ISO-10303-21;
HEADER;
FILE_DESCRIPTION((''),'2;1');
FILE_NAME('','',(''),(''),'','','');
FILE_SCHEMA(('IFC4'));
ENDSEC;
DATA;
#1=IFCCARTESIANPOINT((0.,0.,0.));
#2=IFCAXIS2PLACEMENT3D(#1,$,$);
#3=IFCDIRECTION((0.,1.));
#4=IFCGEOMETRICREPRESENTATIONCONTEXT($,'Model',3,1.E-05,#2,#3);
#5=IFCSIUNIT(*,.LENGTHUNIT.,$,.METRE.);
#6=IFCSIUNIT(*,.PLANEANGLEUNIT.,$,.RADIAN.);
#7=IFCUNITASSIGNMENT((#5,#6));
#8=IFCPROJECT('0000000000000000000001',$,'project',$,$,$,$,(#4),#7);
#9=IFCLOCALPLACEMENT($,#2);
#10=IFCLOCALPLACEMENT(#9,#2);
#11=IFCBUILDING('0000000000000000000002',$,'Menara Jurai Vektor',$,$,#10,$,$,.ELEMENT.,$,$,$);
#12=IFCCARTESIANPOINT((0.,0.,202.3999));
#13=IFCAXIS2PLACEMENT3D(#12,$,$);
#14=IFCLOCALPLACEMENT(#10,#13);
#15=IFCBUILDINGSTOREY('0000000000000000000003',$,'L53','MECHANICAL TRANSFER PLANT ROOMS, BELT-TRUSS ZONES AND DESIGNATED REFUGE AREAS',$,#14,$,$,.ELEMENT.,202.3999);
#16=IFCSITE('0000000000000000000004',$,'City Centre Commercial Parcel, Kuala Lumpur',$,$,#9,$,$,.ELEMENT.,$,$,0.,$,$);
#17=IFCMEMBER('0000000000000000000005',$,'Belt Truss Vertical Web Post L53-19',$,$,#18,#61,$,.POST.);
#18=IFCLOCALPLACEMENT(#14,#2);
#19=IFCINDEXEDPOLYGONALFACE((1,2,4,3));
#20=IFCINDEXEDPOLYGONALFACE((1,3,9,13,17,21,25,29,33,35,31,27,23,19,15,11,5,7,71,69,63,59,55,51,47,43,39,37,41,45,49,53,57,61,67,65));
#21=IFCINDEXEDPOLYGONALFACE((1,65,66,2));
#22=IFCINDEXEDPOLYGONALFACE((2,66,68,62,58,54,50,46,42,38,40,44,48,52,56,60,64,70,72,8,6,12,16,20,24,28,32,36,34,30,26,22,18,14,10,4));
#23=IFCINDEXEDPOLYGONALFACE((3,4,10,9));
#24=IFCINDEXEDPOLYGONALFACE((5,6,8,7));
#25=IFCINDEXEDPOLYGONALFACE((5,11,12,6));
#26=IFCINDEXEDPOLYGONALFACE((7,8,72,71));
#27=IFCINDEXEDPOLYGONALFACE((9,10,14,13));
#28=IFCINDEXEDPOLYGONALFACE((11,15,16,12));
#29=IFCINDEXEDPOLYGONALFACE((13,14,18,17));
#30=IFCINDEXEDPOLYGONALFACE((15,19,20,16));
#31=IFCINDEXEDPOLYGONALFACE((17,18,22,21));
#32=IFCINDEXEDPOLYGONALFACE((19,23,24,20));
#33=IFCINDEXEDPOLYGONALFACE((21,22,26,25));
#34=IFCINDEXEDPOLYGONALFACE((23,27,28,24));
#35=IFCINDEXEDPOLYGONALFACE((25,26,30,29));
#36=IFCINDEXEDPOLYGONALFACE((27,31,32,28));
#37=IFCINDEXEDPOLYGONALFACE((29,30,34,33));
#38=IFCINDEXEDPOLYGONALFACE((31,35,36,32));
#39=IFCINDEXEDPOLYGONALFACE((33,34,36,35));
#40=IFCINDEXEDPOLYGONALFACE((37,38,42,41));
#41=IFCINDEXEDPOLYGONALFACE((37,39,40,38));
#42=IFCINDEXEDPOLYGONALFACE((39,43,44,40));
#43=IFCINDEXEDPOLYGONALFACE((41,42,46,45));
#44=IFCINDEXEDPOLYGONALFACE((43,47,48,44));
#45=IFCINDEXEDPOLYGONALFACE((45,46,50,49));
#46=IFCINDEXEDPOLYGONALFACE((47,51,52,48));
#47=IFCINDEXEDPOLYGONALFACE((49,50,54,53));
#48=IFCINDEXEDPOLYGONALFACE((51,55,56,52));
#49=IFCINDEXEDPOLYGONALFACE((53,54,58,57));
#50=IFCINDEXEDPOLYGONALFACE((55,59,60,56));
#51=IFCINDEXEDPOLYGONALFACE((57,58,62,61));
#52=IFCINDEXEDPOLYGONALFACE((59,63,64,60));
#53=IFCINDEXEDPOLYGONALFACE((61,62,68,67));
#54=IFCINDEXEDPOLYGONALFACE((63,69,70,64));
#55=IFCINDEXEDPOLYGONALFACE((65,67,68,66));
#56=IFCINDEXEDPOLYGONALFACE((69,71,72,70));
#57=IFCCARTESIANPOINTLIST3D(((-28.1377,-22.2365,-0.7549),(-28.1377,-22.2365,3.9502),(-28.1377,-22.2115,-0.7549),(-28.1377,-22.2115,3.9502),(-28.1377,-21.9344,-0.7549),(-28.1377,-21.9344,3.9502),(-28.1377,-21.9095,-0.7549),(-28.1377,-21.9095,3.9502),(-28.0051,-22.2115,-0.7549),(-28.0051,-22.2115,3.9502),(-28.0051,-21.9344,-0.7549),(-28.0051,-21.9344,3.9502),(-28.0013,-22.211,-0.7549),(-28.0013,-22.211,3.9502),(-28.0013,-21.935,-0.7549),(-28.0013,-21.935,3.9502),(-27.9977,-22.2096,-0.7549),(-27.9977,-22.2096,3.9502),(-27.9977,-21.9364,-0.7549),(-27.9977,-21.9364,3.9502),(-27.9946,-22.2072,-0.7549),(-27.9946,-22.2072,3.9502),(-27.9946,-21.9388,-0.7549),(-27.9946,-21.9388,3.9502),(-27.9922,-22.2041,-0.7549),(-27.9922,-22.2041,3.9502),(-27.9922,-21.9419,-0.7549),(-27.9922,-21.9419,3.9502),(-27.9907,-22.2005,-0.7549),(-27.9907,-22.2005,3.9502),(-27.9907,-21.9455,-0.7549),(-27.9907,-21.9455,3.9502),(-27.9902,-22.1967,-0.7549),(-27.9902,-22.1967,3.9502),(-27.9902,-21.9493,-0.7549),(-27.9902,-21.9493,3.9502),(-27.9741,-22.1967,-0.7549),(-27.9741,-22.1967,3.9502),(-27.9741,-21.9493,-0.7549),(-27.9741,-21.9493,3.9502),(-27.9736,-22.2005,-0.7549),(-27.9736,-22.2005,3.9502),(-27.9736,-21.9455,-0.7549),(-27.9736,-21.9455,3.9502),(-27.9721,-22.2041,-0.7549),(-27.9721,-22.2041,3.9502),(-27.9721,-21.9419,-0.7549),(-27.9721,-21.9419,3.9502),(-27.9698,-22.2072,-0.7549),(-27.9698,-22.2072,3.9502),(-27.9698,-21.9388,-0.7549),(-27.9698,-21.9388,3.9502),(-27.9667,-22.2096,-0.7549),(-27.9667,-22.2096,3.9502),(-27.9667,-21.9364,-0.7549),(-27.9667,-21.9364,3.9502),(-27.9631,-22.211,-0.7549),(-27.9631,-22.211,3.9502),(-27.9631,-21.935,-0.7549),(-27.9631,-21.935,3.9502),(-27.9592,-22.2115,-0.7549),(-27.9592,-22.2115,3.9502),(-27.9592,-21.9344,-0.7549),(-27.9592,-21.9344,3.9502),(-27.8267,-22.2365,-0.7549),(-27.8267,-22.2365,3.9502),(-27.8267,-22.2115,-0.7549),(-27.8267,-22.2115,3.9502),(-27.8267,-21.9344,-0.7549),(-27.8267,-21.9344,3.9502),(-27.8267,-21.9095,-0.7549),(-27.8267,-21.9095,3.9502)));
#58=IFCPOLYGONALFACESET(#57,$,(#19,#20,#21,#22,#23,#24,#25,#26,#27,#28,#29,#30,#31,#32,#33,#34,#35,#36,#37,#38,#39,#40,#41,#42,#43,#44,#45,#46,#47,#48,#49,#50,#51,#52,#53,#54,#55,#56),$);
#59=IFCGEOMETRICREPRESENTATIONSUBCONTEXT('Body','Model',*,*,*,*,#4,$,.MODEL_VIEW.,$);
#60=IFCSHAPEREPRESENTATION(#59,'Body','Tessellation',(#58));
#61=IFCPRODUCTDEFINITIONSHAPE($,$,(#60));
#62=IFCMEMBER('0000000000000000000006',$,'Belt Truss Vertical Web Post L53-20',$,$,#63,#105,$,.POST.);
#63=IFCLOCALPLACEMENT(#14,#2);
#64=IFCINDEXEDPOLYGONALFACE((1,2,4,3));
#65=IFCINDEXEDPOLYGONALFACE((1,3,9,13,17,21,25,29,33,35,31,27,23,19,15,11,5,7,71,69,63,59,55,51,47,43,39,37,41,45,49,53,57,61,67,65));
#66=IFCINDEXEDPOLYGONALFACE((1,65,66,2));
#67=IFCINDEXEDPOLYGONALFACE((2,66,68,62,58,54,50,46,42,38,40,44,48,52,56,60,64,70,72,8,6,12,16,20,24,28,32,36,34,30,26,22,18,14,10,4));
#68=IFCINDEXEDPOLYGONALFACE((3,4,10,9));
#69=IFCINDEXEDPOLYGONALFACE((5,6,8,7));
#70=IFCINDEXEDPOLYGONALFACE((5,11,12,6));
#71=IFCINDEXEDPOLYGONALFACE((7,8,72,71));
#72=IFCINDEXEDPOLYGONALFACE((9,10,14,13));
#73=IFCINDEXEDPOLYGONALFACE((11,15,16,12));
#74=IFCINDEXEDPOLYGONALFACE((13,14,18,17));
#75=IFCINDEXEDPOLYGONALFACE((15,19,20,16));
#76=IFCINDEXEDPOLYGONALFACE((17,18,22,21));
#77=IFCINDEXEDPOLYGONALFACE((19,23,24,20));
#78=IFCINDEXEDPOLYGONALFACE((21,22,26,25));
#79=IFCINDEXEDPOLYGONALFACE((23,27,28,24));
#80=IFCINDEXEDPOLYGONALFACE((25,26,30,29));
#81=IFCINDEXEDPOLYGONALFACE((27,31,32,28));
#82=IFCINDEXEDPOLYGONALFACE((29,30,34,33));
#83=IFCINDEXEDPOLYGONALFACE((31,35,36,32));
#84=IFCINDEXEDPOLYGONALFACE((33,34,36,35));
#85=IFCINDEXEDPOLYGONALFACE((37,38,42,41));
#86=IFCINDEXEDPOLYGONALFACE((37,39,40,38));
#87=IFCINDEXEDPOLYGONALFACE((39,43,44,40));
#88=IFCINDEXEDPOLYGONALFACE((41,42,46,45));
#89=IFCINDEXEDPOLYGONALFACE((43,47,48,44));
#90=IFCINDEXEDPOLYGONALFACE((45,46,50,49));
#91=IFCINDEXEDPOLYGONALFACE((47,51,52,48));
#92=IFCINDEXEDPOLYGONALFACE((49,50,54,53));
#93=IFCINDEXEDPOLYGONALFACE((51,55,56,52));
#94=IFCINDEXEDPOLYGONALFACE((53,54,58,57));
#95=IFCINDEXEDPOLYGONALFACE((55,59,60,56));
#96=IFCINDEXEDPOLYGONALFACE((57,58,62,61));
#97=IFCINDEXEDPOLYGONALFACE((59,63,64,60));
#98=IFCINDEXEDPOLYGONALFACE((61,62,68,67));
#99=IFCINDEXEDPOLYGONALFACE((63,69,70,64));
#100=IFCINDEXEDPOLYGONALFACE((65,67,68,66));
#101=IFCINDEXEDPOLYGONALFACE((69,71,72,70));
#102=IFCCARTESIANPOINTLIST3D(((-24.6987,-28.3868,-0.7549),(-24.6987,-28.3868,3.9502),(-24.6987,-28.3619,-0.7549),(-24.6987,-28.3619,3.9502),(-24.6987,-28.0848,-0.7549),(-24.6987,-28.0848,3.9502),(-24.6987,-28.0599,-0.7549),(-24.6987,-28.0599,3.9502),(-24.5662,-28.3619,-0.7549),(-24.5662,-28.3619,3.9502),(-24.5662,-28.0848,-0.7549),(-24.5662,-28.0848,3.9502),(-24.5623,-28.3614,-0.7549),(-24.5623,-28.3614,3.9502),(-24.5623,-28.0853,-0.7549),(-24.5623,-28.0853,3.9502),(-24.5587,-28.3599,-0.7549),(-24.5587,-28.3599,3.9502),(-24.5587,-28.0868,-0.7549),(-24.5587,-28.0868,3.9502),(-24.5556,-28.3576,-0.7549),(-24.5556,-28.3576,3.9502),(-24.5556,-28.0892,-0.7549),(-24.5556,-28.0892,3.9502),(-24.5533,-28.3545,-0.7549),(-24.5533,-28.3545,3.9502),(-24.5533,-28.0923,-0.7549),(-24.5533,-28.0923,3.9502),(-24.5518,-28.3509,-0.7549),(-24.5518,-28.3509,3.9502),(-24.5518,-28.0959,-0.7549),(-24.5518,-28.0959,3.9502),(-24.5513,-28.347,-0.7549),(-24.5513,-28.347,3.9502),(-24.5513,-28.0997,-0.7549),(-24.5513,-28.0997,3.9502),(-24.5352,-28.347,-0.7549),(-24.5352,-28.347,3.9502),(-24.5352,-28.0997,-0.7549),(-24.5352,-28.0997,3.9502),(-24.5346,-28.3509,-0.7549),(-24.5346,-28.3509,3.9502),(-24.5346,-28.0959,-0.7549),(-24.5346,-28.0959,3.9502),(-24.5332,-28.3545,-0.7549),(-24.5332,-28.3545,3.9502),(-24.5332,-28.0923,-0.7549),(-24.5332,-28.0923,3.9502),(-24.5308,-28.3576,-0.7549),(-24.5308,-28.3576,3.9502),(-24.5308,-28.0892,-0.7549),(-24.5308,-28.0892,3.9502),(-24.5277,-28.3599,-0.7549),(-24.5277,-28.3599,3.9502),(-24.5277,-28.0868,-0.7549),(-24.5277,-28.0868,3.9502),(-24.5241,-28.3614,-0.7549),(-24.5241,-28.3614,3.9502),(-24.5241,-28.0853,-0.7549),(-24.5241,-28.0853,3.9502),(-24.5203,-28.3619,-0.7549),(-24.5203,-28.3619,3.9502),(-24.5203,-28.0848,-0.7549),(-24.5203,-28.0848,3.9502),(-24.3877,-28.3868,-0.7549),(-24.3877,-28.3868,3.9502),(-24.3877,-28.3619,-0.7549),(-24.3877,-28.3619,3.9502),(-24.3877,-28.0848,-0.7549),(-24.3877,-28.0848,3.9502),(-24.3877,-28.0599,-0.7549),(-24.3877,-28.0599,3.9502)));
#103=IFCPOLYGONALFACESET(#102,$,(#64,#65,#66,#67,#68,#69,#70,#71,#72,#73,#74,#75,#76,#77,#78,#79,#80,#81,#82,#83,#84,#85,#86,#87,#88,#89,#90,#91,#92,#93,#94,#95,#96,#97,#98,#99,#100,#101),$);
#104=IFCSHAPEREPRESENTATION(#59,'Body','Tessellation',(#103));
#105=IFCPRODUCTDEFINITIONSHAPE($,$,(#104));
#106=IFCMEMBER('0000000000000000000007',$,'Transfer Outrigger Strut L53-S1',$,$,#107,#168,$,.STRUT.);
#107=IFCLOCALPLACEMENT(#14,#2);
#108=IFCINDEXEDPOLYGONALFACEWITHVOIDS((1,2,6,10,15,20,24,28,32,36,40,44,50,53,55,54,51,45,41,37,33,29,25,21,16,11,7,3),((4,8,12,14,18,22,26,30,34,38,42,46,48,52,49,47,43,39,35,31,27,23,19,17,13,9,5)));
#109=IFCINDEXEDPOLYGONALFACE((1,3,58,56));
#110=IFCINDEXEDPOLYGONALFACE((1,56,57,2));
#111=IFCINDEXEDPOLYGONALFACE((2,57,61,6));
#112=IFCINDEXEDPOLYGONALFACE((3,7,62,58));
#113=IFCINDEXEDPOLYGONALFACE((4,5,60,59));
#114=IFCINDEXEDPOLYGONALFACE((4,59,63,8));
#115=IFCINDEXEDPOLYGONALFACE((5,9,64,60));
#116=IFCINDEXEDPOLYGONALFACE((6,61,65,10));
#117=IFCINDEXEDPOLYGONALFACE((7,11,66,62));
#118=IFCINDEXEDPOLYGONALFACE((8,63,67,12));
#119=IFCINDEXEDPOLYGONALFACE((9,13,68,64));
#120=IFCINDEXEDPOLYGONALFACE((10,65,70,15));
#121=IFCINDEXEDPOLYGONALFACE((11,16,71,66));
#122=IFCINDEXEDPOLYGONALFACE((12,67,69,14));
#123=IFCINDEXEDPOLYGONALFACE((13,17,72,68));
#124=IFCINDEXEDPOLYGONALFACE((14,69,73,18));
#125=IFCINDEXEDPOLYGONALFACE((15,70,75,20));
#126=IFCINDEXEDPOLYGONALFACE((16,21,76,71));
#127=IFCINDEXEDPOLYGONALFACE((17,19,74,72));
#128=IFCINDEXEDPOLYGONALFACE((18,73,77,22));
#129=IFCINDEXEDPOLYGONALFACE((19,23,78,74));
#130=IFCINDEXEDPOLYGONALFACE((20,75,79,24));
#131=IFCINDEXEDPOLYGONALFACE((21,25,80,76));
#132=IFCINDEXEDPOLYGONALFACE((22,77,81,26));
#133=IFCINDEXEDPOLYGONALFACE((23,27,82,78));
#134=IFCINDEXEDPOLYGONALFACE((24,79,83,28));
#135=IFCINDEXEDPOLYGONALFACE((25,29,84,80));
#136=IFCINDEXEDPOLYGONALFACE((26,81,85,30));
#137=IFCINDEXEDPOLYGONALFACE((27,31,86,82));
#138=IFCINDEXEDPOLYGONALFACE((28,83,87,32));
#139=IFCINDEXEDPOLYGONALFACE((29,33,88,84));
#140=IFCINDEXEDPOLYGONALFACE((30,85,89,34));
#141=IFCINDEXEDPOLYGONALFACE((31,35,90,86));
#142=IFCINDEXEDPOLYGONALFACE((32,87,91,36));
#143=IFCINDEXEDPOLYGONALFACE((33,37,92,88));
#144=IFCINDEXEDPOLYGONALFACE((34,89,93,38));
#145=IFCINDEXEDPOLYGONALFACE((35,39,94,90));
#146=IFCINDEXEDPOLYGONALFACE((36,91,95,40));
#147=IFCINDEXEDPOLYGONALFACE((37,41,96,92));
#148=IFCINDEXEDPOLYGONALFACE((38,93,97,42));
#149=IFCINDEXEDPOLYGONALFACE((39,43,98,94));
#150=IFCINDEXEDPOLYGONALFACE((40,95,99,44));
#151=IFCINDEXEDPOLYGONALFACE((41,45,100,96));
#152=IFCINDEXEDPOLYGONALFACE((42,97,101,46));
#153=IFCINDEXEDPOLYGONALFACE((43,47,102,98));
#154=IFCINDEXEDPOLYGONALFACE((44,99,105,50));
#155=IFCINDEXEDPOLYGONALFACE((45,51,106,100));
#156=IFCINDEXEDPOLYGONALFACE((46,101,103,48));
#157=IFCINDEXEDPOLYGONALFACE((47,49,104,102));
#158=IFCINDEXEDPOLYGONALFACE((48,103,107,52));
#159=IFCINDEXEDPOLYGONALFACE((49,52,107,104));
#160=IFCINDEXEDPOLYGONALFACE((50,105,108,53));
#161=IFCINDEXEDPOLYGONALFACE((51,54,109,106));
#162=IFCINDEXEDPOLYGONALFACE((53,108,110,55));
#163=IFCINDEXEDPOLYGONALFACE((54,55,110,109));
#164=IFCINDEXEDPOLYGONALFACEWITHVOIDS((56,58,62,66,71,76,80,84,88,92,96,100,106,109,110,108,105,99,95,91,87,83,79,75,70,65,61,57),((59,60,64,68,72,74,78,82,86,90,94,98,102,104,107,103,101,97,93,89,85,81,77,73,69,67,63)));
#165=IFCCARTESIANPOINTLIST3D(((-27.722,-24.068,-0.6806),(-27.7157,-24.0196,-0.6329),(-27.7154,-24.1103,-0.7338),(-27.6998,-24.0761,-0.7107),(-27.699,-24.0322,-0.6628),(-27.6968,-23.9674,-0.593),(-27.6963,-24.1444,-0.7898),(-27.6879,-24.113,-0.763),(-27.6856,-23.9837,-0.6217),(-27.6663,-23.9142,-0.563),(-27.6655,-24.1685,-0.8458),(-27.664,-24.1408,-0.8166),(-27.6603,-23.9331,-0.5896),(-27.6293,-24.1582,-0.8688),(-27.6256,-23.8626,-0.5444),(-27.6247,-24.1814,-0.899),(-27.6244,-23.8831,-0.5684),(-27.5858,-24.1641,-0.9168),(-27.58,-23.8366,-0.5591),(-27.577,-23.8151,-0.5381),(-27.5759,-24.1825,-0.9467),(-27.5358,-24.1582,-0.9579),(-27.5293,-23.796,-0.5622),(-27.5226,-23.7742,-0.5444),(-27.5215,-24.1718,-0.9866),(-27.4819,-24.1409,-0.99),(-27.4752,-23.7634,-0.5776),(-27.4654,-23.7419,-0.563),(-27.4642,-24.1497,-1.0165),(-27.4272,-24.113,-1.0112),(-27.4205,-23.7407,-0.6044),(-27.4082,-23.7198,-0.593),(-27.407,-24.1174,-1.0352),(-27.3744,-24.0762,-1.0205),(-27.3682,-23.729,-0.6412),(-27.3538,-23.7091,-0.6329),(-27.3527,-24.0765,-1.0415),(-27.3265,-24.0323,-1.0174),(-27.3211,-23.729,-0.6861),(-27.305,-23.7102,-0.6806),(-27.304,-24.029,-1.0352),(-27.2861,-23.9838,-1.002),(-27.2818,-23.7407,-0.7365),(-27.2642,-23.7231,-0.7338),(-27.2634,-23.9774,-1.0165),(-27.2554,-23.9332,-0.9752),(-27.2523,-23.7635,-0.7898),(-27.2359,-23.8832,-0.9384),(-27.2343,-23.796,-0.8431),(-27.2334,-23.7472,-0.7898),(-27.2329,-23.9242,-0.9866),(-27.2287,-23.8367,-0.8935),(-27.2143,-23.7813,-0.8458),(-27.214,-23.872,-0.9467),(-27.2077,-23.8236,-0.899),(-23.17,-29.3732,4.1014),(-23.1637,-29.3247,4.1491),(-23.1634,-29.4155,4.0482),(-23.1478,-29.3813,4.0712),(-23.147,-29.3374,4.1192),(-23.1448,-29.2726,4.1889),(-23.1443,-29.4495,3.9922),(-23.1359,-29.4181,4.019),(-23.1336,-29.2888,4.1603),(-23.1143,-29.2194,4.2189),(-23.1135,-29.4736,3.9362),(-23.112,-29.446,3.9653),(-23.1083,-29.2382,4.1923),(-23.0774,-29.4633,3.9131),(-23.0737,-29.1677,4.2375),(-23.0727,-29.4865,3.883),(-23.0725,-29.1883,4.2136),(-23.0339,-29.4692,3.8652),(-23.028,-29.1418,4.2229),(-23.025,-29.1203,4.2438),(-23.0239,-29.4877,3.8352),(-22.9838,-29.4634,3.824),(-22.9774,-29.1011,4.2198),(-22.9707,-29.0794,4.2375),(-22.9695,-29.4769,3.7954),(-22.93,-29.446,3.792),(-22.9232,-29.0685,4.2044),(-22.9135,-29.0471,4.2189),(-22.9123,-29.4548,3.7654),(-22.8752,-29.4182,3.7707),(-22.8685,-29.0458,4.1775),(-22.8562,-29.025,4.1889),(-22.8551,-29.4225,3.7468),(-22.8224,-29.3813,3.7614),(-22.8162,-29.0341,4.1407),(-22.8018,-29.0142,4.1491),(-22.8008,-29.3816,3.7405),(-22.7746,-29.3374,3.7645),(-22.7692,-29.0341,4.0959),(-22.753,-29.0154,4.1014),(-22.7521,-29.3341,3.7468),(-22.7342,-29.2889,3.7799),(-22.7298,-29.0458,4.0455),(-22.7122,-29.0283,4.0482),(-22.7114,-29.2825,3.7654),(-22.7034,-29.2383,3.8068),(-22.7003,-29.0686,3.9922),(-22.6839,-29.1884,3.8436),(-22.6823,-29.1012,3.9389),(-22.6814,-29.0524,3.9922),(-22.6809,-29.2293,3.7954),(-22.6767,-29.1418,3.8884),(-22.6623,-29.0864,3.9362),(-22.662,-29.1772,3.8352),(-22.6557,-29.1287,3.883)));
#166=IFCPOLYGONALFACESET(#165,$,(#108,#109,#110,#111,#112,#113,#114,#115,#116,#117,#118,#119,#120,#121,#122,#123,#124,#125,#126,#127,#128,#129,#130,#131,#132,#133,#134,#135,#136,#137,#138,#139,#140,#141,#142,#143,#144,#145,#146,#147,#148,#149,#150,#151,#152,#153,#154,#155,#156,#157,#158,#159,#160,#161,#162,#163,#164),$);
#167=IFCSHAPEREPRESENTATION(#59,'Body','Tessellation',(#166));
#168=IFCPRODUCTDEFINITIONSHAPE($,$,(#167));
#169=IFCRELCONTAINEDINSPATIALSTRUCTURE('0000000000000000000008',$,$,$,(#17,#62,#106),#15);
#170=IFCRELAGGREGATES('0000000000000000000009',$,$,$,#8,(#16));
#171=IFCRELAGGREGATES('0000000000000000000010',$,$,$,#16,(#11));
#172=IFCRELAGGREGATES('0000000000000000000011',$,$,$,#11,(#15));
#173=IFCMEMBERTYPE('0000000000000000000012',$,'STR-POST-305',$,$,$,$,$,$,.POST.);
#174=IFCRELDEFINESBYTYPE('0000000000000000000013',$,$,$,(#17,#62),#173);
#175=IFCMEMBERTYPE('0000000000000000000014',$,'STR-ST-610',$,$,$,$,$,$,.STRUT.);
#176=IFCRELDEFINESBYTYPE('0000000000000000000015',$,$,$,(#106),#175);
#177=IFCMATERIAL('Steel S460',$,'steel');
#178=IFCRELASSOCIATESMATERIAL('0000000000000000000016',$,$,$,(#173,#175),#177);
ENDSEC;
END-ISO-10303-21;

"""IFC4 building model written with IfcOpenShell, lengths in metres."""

from ifc_helpers import new_model, si_unit, direction, frame, origin, origin_2d, place, context, subcontext, project, spatial, hollow_circle, i_section, extrude, material, material_profile, profile_set, type_object, element, save


model = new_model("IFC4")

# Units and contexts
model_context = context("Model", 3, precision=1e-05, world=origin(), true_north=direction((0.0, 1.0)))
body_context = subcontext(model_context, "Body", "Model", "MODEL_VIEW")
ifc_project = project(units=[si_unit("LENGTHUNIT", "METRE"), si_unit("PLANEANGLEUNIT", "RADIAN")], contexts=[model_context])

# Site, building, storey
site_placement = place(None, origin())
site = spatial("IfcSite", under=ifc_project, at=site_placement, Name="City Centre Commercial Parcel, Kuala Lumpur", CompositionType="ELEMENT", RefElevation=0.0)
building_placement = place(site_placement, origin())
building = spatial("IfcBuilding", under=site, at=building_placement, Name="Menara Jurai Vektor", CompositionType="ELEMENT")
storey_placement = place(building_placement, frame((0.0, 0.0, 202.3999)))
storey = spatial("IfcBuildingStorey", under=building, at=storey_placement, Name="L53", Description="MECHANICAL TRANSFER PLANT ROOMS, BELT-TRUSS ZONES AND DESIGNATED REFUGE AREAS", CompositionType="ELEMENT", Elevation=202.3999)

# Shared definitions
ifc_material_1 = material(Name="Steel S460", Category="steel")

# Members
ifc_material_profile_1 = material_profile(ifc_material_1, i_section(OverallWidth=0.311, OverallDepth=0.3269, WebThickness=0.0161, FlangeThickness=0.0249, FilletRadius=0.0149, at=origin_2d()), Name="UKC 305x305x158")
ifc_profile_set_1 = profile_set([ifc_material_profile_1], Name="Steel S460")
member_type_1 = type_object("IfcMemberType", Name="STR-POST-305", PredefinedType="POST", material=ifc_profile_set_1)
for number, where, z_axis, x_axis, name in (
    (1, (-27.9822, -22.073, -0.7549), (0.0, 0.0, 1.0), (1.0, 0.0, 0.0), "Belt Truss Vertical Web Post L53-19"),
    (2, (-24.5432, -28.2234, -0.7549), (0.0, 0.0, 1.0), (1.0, 0.0, 0.0), "Belt Truss Vertical Web Post L53-20"),
):
    element("IfcMember", number, at=place(storey_placement, frame(where, z_axis=z_axis, x_axis=x_axis)), inside=storey, type_object=member_type_1, Name=name, PredefinedType="POST", context=body_context, shape_type="SweptSolid", body=[
        extrude(i_section(OverallWidth=0.311, OverallDepth=0.3269, WebThickness=0.0161, FlangeThickness=0.0249, FilletRadius=0.0149, at=origin_2d()), origin(), (0.0, 0.0, 1.0), 4.7051),
    ])
ifc_material_profile_2 = material_profile(ifc_material_1, hollow_circle(Radius=0.3049, WallThickness=0.0249, at=origin_2d()), Name="CHS 610x25")
ifc_profile_set_2 = profile_set([ifc_material_profile_2], Name="Steel S460")
member_type_2 = type_object("IfcMemberType", Name="STR-ST-610", PredefinedType="STRUT", material=ifc_profile_set_2)
member_1_placement = place(storey_placement, frame((-27.4648, -23.9458, -0.7898), z_axis=(0.537456, -0.626384, 0.56461), x_axis=(0.758924, 0.65118, 0.0)))
element("IfcMember", 3, at=member_1_placement, inside=storey, type_object=member_type_2, Name="Transfer Outrigger Strut L53-S1", PredefinedType="STRUT", context=body_context, shape_type="SweptSolid", body=[
    extrude(hollow_circle(Radius=0.3049, WallThickness=0.0249, at=origin_2d()), origin(), (0.0, 0.0, 1.0), 8.4695),
])

save(model, "model.ifc")
